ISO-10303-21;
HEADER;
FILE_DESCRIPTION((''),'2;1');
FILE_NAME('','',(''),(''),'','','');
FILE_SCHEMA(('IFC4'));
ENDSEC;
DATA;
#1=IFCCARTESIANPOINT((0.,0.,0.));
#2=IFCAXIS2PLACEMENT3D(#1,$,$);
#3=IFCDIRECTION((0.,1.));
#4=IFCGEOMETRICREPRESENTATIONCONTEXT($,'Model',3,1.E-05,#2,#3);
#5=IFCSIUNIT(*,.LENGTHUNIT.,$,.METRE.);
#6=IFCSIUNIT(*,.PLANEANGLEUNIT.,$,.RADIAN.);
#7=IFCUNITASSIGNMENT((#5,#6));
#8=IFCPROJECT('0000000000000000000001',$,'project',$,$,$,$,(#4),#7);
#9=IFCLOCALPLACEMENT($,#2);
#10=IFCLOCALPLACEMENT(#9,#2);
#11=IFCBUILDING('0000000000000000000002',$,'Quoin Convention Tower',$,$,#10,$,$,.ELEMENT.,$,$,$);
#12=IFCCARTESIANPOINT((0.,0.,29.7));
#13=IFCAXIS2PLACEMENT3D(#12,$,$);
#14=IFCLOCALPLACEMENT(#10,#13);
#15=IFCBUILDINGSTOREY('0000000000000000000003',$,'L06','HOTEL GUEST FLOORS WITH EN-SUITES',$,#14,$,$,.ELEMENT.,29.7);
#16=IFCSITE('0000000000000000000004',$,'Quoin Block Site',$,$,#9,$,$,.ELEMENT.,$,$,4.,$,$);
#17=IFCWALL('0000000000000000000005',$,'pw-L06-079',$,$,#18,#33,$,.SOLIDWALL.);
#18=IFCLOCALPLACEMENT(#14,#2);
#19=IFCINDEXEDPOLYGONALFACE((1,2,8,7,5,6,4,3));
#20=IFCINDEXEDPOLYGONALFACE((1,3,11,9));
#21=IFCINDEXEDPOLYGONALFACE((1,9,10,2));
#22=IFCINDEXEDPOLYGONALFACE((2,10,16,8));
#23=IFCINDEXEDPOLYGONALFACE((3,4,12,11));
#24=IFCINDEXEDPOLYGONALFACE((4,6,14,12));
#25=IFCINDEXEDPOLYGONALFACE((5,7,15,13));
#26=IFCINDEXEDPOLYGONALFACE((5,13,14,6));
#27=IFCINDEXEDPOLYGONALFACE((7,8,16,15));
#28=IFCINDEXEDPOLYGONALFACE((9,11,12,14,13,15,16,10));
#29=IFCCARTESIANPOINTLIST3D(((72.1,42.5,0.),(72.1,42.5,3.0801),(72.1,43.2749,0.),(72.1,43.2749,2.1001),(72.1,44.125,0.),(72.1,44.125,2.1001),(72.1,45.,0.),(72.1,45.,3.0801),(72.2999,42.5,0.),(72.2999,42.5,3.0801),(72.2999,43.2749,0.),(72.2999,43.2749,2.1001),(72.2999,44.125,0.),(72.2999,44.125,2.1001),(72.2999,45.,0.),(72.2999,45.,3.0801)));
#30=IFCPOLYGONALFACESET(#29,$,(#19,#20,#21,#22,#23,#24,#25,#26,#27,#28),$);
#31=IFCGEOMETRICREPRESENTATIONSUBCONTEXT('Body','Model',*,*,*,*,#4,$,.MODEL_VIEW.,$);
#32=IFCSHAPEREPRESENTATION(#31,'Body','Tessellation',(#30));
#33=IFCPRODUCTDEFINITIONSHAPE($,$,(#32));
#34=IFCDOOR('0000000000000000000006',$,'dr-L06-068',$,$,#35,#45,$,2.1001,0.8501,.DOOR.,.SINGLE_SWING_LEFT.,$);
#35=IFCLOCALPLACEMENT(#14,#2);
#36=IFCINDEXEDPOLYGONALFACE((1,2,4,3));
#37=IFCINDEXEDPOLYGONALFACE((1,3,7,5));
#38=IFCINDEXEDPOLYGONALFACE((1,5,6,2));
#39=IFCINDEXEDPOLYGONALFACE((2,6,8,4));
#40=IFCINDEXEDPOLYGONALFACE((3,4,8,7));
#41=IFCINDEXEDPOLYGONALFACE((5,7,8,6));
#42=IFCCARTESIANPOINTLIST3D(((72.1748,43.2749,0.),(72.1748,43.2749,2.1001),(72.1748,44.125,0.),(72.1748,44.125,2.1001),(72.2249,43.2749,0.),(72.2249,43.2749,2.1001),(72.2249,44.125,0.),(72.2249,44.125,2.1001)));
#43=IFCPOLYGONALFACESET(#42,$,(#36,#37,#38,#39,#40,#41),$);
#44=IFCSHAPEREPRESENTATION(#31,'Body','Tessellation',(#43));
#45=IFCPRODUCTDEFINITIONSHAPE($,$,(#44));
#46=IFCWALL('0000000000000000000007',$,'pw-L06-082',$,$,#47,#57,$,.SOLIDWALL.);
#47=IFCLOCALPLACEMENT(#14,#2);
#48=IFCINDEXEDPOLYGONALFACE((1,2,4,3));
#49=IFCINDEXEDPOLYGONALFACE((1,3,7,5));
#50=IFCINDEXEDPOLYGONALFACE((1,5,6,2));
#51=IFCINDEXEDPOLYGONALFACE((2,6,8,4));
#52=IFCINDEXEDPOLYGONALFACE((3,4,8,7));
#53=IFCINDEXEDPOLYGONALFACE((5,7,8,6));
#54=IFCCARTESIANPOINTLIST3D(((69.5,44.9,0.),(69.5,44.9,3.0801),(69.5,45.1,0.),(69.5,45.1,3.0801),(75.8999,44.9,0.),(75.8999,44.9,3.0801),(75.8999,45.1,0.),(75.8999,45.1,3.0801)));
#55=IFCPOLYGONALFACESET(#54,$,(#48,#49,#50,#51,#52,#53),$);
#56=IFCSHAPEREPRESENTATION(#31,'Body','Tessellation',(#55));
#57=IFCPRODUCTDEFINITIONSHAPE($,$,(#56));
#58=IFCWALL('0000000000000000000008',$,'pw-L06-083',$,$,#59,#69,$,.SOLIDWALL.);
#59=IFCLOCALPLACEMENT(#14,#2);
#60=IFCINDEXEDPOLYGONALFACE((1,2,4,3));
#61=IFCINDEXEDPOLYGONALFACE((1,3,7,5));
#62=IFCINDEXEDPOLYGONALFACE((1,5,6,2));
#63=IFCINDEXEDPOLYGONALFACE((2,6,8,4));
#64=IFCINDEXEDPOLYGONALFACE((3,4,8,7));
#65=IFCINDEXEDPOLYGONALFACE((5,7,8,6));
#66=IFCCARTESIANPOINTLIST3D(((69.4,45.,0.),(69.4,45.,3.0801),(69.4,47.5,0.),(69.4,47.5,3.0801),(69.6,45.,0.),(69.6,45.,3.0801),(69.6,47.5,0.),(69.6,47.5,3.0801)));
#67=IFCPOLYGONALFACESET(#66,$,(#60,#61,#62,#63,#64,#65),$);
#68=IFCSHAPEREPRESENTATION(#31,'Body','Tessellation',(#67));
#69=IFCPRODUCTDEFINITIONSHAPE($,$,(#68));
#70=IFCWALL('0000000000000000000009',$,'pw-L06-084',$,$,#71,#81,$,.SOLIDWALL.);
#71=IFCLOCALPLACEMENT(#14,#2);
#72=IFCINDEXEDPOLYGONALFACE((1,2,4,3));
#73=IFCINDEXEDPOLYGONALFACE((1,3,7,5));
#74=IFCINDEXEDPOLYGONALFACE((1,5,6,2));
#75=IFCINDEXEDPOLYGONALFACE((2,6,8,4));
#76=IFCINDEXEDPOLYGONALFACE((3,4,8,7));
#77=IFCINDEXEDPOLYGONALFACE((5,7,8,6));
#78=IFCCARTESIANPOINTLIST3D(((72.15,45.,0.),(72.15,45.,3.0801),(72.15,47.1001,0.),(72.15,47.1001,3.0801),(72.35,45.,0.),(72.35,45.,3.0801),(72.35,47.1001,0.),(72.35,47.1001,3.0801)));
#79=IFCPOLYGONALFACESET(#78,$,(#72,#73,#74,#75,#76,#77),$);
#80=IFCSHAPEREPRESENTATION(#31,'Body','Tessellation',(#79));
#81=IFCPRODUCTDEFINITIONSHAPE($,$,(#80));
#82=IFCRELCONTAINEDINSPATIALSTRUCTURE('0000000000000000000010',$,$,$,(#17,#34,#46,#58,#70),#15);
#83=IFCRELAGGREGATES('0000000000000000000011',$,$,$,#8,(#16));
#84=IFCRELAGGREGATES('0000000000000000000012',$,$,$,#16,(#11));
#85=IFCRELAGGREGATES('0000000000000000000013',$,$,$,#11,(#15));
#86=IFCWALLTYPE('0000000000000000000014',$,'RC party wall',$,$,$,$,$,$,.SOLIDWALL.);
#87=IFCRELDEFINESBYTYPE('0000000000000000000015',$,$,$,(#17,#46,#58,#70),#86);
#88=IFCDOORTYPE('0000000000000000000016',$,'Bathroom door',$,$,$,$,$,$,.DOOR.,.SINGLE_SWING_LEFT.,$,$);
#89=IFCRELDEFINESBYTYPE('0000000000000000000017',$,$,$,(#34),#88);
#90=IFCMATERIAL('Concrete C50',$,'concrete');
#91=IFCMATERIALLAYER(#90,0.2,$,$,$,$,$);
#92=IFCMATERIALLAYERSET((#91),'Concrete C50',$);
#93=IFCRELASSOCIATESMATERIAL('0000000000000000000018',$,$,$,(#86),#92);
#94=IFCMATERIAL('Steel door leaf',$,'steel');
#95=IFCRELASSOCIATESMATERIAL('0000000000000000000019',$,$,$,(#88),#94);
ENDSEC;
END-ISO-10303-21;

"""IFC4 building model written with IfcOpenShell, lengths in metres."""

from ifc_helpers import new_model, si_unit, direction, frame, frame_2d, origin, place, context, subcontext, project, spatial, rectangle, extrude, material, layer, layer_set, type_object, element, fill, save


model = new_model("IFC4")

# Units and contexts
model_context = context("Model", 3, precision=1e-05, world=origin(), true_north=direction((0.0, 1.0)))
body_context = subcontext(model_context, "Body", "Model", "MODEL_VIEW")
ifc_project = project(units=[si_unit("LENGTHUNIT", "METRE"), si_unit("PLANEANGLEUNIT", "RADIAN")], contexts=[model_context])

# Site, building, storey
site_placement = place(None, origin())
site = spatial("IfcSite", under=ifc_project, at=site_placement, Name="Quoin Block Site", CompositionType="ELEMENT", RefElevation=4.0)
building_placement = place(site_placement, origin())
building = spatial("IfcBuilding", under=site, at=building_placement, Name="Quoin Convention Tower", CompositionType="ELEMENT")
storey_placement = place(building_placement, frame((0.0, 0.0, 29.7)))
storey = spatial("IfcBuildingStorey", under=building, at=storey_placement, Name="L06", Description="HOTEL GUEST FLOORS WITH EN-SUITES", CompositionType="ELEMENT", Elevation=29.7)

# Shared definitions
ifc_material_1 = material(Name="Concrete C50", Category="concrete")
ifc_layer_1 = layer(ifc_material_1, 0.2)
ifc_layer_set_1 = layer_set([ifc_layer_1], Name="Concrete C50")
wall_type_1 = type_object("IfcWallType", Name="RC party wall", PredefinedType="SOLIDWALL", material=ifc_layer_set_1)

# Wall, opening, door
wall_1_placement = place(storey_placement, frame((72.2, 42.5, 0.0), z_axis=(0.0, 0.0, 1.0), x_axis=(0.0, 1.0, 0.0)))
wall_1 = element("IfcWall", 1, at=wall_1_placement, inside=storey, type_object=wall_type_1, Name="pw-L06-079", PredefinedType="SOLIDWALL", context=body_context, shape_type="SweptSolid", body=[
    extrude(rectangle(XDim=2.5, YDim=0.2, at=frame_2d((1.25, 0.0))), origin(), (0.0, 0.0, 1.0), 3.0801),
])
opening_1_placement = place(wall_1_placement, frame((0.7749, 0.0, 0.0)))
opening_1 = element("IfcOpeningElement", 2, at=opening_1_placement, cuts=wall_1, PredefinedType="OPENING", context=body_context, shape_type="SweptSolid", body=[
    extrude(rectangle(XDim=0.8501, YDim=2.1001, at=frame_2d((0.425, 1.05))), frame((0.0, 0.1099, 0.0), z_axis=(0.0, -1.0, 0.0), x_axis=(1.0, 0.0, 0.0)), (0.0, 0.0, 1.0), 0.22),
])
ifc_material_2 = material(Name="Steel door leaf", Category="steel")
door_type = type_object("IfcDoorType", Name="Bathroom door", OperationType="SINGLE_SWING_LEFT", PredefinedType="DOOR", material=ifc_material_2)
door_placement = place(opening_1_placement, frame((0.8501, 0.0, 0.0), z_axis=(0.0, 0.0, 1.0), x_axis=(-1.0, 0.0, 0.0)))
door = element("IfcDoor", 3, at=door_placement, inside=storey, type_object=door_type, Name="dr-L06-068", OperationType="SINGLE_SWING_LEFT", OverallHeight=2.1001, OverallWidth=0.8501, PredefinedType="DOOR", context=body_context, shape_type="SweptSolid", body=[
    extrude(rectangle(XDim=0.8501, YDim=2.1001, at=frame_2d((0.425, 1.05))), frame((0.0, 0.0249, 0.0), z_axis=(0.0, -1.0, 0.0), x_axis=(1.0, 0.0, 0.0)), (0.0, 0.0, 1.0), 0.05),
])
fill(opening_1, door)

# Walls
wall_2_placement = place(storey_placement, frame((69.5, 45.0, 0.0), z_axis=(0.0, 0.0, 1.0), x_axis=(1.0, 0.0, 0.0)))
element("IfcWall", 4, at=wall_2_placement, inside=storey, type_object=wall_type_1, Name="pw-L06-082", PredefinedType="SOLIDWALL", context=body_context, shape_type="SweptSolid", body=[
    extrude(rectangle(XDim=6.3999, YDim=0.2, at=frame_2d((3.2, 0.0))), origin(), (0.0, 0.0, 1.0), 3.0801),
])
wall_3_placement = place(storey_placement, frame((69.5, 45.0, 0.0), z_axis=(0.0, 0.0, 1.0), x_axis=(0.0, 1.0, 0.0)))
element("IfcWall", 5, at=wall_3_placement, inside=storey, type_object=wall_type_1, Name="pw-L06-083", PredefinedType="SOLIDWALL", context=body_context, shape_type="SweptSolid", body=[
    extrude(rectangle(XDim=2.5, YDim=0.2, at=frame_2d((1.25, 0.0))), origin(), (0.0, 0.0, 1.0), 3.0801),
])
wall_4_placement = place(storey_placement, frame((72.25, 45.0, 0.0), z_axis=(0.0, 0.0, 1.0), x_axis=(0.0, 1.0, 0.0)))
element("IfcWall", 6, at=wall_4_placement, inside=storey, type_object=wall_type_1, Name="pw-L06-084", PredefinedType="SOLIDWALL", context=body_context, shape_type="SweptSolid", body=[
    extrude(rectangle(XDim=2.1001, YDim=0.2, at=frame_2d((1.05, 0.0))), origin(), (0.0, 0.0, 1.0), 3.0801),
])

save(model, "model.ifc")
